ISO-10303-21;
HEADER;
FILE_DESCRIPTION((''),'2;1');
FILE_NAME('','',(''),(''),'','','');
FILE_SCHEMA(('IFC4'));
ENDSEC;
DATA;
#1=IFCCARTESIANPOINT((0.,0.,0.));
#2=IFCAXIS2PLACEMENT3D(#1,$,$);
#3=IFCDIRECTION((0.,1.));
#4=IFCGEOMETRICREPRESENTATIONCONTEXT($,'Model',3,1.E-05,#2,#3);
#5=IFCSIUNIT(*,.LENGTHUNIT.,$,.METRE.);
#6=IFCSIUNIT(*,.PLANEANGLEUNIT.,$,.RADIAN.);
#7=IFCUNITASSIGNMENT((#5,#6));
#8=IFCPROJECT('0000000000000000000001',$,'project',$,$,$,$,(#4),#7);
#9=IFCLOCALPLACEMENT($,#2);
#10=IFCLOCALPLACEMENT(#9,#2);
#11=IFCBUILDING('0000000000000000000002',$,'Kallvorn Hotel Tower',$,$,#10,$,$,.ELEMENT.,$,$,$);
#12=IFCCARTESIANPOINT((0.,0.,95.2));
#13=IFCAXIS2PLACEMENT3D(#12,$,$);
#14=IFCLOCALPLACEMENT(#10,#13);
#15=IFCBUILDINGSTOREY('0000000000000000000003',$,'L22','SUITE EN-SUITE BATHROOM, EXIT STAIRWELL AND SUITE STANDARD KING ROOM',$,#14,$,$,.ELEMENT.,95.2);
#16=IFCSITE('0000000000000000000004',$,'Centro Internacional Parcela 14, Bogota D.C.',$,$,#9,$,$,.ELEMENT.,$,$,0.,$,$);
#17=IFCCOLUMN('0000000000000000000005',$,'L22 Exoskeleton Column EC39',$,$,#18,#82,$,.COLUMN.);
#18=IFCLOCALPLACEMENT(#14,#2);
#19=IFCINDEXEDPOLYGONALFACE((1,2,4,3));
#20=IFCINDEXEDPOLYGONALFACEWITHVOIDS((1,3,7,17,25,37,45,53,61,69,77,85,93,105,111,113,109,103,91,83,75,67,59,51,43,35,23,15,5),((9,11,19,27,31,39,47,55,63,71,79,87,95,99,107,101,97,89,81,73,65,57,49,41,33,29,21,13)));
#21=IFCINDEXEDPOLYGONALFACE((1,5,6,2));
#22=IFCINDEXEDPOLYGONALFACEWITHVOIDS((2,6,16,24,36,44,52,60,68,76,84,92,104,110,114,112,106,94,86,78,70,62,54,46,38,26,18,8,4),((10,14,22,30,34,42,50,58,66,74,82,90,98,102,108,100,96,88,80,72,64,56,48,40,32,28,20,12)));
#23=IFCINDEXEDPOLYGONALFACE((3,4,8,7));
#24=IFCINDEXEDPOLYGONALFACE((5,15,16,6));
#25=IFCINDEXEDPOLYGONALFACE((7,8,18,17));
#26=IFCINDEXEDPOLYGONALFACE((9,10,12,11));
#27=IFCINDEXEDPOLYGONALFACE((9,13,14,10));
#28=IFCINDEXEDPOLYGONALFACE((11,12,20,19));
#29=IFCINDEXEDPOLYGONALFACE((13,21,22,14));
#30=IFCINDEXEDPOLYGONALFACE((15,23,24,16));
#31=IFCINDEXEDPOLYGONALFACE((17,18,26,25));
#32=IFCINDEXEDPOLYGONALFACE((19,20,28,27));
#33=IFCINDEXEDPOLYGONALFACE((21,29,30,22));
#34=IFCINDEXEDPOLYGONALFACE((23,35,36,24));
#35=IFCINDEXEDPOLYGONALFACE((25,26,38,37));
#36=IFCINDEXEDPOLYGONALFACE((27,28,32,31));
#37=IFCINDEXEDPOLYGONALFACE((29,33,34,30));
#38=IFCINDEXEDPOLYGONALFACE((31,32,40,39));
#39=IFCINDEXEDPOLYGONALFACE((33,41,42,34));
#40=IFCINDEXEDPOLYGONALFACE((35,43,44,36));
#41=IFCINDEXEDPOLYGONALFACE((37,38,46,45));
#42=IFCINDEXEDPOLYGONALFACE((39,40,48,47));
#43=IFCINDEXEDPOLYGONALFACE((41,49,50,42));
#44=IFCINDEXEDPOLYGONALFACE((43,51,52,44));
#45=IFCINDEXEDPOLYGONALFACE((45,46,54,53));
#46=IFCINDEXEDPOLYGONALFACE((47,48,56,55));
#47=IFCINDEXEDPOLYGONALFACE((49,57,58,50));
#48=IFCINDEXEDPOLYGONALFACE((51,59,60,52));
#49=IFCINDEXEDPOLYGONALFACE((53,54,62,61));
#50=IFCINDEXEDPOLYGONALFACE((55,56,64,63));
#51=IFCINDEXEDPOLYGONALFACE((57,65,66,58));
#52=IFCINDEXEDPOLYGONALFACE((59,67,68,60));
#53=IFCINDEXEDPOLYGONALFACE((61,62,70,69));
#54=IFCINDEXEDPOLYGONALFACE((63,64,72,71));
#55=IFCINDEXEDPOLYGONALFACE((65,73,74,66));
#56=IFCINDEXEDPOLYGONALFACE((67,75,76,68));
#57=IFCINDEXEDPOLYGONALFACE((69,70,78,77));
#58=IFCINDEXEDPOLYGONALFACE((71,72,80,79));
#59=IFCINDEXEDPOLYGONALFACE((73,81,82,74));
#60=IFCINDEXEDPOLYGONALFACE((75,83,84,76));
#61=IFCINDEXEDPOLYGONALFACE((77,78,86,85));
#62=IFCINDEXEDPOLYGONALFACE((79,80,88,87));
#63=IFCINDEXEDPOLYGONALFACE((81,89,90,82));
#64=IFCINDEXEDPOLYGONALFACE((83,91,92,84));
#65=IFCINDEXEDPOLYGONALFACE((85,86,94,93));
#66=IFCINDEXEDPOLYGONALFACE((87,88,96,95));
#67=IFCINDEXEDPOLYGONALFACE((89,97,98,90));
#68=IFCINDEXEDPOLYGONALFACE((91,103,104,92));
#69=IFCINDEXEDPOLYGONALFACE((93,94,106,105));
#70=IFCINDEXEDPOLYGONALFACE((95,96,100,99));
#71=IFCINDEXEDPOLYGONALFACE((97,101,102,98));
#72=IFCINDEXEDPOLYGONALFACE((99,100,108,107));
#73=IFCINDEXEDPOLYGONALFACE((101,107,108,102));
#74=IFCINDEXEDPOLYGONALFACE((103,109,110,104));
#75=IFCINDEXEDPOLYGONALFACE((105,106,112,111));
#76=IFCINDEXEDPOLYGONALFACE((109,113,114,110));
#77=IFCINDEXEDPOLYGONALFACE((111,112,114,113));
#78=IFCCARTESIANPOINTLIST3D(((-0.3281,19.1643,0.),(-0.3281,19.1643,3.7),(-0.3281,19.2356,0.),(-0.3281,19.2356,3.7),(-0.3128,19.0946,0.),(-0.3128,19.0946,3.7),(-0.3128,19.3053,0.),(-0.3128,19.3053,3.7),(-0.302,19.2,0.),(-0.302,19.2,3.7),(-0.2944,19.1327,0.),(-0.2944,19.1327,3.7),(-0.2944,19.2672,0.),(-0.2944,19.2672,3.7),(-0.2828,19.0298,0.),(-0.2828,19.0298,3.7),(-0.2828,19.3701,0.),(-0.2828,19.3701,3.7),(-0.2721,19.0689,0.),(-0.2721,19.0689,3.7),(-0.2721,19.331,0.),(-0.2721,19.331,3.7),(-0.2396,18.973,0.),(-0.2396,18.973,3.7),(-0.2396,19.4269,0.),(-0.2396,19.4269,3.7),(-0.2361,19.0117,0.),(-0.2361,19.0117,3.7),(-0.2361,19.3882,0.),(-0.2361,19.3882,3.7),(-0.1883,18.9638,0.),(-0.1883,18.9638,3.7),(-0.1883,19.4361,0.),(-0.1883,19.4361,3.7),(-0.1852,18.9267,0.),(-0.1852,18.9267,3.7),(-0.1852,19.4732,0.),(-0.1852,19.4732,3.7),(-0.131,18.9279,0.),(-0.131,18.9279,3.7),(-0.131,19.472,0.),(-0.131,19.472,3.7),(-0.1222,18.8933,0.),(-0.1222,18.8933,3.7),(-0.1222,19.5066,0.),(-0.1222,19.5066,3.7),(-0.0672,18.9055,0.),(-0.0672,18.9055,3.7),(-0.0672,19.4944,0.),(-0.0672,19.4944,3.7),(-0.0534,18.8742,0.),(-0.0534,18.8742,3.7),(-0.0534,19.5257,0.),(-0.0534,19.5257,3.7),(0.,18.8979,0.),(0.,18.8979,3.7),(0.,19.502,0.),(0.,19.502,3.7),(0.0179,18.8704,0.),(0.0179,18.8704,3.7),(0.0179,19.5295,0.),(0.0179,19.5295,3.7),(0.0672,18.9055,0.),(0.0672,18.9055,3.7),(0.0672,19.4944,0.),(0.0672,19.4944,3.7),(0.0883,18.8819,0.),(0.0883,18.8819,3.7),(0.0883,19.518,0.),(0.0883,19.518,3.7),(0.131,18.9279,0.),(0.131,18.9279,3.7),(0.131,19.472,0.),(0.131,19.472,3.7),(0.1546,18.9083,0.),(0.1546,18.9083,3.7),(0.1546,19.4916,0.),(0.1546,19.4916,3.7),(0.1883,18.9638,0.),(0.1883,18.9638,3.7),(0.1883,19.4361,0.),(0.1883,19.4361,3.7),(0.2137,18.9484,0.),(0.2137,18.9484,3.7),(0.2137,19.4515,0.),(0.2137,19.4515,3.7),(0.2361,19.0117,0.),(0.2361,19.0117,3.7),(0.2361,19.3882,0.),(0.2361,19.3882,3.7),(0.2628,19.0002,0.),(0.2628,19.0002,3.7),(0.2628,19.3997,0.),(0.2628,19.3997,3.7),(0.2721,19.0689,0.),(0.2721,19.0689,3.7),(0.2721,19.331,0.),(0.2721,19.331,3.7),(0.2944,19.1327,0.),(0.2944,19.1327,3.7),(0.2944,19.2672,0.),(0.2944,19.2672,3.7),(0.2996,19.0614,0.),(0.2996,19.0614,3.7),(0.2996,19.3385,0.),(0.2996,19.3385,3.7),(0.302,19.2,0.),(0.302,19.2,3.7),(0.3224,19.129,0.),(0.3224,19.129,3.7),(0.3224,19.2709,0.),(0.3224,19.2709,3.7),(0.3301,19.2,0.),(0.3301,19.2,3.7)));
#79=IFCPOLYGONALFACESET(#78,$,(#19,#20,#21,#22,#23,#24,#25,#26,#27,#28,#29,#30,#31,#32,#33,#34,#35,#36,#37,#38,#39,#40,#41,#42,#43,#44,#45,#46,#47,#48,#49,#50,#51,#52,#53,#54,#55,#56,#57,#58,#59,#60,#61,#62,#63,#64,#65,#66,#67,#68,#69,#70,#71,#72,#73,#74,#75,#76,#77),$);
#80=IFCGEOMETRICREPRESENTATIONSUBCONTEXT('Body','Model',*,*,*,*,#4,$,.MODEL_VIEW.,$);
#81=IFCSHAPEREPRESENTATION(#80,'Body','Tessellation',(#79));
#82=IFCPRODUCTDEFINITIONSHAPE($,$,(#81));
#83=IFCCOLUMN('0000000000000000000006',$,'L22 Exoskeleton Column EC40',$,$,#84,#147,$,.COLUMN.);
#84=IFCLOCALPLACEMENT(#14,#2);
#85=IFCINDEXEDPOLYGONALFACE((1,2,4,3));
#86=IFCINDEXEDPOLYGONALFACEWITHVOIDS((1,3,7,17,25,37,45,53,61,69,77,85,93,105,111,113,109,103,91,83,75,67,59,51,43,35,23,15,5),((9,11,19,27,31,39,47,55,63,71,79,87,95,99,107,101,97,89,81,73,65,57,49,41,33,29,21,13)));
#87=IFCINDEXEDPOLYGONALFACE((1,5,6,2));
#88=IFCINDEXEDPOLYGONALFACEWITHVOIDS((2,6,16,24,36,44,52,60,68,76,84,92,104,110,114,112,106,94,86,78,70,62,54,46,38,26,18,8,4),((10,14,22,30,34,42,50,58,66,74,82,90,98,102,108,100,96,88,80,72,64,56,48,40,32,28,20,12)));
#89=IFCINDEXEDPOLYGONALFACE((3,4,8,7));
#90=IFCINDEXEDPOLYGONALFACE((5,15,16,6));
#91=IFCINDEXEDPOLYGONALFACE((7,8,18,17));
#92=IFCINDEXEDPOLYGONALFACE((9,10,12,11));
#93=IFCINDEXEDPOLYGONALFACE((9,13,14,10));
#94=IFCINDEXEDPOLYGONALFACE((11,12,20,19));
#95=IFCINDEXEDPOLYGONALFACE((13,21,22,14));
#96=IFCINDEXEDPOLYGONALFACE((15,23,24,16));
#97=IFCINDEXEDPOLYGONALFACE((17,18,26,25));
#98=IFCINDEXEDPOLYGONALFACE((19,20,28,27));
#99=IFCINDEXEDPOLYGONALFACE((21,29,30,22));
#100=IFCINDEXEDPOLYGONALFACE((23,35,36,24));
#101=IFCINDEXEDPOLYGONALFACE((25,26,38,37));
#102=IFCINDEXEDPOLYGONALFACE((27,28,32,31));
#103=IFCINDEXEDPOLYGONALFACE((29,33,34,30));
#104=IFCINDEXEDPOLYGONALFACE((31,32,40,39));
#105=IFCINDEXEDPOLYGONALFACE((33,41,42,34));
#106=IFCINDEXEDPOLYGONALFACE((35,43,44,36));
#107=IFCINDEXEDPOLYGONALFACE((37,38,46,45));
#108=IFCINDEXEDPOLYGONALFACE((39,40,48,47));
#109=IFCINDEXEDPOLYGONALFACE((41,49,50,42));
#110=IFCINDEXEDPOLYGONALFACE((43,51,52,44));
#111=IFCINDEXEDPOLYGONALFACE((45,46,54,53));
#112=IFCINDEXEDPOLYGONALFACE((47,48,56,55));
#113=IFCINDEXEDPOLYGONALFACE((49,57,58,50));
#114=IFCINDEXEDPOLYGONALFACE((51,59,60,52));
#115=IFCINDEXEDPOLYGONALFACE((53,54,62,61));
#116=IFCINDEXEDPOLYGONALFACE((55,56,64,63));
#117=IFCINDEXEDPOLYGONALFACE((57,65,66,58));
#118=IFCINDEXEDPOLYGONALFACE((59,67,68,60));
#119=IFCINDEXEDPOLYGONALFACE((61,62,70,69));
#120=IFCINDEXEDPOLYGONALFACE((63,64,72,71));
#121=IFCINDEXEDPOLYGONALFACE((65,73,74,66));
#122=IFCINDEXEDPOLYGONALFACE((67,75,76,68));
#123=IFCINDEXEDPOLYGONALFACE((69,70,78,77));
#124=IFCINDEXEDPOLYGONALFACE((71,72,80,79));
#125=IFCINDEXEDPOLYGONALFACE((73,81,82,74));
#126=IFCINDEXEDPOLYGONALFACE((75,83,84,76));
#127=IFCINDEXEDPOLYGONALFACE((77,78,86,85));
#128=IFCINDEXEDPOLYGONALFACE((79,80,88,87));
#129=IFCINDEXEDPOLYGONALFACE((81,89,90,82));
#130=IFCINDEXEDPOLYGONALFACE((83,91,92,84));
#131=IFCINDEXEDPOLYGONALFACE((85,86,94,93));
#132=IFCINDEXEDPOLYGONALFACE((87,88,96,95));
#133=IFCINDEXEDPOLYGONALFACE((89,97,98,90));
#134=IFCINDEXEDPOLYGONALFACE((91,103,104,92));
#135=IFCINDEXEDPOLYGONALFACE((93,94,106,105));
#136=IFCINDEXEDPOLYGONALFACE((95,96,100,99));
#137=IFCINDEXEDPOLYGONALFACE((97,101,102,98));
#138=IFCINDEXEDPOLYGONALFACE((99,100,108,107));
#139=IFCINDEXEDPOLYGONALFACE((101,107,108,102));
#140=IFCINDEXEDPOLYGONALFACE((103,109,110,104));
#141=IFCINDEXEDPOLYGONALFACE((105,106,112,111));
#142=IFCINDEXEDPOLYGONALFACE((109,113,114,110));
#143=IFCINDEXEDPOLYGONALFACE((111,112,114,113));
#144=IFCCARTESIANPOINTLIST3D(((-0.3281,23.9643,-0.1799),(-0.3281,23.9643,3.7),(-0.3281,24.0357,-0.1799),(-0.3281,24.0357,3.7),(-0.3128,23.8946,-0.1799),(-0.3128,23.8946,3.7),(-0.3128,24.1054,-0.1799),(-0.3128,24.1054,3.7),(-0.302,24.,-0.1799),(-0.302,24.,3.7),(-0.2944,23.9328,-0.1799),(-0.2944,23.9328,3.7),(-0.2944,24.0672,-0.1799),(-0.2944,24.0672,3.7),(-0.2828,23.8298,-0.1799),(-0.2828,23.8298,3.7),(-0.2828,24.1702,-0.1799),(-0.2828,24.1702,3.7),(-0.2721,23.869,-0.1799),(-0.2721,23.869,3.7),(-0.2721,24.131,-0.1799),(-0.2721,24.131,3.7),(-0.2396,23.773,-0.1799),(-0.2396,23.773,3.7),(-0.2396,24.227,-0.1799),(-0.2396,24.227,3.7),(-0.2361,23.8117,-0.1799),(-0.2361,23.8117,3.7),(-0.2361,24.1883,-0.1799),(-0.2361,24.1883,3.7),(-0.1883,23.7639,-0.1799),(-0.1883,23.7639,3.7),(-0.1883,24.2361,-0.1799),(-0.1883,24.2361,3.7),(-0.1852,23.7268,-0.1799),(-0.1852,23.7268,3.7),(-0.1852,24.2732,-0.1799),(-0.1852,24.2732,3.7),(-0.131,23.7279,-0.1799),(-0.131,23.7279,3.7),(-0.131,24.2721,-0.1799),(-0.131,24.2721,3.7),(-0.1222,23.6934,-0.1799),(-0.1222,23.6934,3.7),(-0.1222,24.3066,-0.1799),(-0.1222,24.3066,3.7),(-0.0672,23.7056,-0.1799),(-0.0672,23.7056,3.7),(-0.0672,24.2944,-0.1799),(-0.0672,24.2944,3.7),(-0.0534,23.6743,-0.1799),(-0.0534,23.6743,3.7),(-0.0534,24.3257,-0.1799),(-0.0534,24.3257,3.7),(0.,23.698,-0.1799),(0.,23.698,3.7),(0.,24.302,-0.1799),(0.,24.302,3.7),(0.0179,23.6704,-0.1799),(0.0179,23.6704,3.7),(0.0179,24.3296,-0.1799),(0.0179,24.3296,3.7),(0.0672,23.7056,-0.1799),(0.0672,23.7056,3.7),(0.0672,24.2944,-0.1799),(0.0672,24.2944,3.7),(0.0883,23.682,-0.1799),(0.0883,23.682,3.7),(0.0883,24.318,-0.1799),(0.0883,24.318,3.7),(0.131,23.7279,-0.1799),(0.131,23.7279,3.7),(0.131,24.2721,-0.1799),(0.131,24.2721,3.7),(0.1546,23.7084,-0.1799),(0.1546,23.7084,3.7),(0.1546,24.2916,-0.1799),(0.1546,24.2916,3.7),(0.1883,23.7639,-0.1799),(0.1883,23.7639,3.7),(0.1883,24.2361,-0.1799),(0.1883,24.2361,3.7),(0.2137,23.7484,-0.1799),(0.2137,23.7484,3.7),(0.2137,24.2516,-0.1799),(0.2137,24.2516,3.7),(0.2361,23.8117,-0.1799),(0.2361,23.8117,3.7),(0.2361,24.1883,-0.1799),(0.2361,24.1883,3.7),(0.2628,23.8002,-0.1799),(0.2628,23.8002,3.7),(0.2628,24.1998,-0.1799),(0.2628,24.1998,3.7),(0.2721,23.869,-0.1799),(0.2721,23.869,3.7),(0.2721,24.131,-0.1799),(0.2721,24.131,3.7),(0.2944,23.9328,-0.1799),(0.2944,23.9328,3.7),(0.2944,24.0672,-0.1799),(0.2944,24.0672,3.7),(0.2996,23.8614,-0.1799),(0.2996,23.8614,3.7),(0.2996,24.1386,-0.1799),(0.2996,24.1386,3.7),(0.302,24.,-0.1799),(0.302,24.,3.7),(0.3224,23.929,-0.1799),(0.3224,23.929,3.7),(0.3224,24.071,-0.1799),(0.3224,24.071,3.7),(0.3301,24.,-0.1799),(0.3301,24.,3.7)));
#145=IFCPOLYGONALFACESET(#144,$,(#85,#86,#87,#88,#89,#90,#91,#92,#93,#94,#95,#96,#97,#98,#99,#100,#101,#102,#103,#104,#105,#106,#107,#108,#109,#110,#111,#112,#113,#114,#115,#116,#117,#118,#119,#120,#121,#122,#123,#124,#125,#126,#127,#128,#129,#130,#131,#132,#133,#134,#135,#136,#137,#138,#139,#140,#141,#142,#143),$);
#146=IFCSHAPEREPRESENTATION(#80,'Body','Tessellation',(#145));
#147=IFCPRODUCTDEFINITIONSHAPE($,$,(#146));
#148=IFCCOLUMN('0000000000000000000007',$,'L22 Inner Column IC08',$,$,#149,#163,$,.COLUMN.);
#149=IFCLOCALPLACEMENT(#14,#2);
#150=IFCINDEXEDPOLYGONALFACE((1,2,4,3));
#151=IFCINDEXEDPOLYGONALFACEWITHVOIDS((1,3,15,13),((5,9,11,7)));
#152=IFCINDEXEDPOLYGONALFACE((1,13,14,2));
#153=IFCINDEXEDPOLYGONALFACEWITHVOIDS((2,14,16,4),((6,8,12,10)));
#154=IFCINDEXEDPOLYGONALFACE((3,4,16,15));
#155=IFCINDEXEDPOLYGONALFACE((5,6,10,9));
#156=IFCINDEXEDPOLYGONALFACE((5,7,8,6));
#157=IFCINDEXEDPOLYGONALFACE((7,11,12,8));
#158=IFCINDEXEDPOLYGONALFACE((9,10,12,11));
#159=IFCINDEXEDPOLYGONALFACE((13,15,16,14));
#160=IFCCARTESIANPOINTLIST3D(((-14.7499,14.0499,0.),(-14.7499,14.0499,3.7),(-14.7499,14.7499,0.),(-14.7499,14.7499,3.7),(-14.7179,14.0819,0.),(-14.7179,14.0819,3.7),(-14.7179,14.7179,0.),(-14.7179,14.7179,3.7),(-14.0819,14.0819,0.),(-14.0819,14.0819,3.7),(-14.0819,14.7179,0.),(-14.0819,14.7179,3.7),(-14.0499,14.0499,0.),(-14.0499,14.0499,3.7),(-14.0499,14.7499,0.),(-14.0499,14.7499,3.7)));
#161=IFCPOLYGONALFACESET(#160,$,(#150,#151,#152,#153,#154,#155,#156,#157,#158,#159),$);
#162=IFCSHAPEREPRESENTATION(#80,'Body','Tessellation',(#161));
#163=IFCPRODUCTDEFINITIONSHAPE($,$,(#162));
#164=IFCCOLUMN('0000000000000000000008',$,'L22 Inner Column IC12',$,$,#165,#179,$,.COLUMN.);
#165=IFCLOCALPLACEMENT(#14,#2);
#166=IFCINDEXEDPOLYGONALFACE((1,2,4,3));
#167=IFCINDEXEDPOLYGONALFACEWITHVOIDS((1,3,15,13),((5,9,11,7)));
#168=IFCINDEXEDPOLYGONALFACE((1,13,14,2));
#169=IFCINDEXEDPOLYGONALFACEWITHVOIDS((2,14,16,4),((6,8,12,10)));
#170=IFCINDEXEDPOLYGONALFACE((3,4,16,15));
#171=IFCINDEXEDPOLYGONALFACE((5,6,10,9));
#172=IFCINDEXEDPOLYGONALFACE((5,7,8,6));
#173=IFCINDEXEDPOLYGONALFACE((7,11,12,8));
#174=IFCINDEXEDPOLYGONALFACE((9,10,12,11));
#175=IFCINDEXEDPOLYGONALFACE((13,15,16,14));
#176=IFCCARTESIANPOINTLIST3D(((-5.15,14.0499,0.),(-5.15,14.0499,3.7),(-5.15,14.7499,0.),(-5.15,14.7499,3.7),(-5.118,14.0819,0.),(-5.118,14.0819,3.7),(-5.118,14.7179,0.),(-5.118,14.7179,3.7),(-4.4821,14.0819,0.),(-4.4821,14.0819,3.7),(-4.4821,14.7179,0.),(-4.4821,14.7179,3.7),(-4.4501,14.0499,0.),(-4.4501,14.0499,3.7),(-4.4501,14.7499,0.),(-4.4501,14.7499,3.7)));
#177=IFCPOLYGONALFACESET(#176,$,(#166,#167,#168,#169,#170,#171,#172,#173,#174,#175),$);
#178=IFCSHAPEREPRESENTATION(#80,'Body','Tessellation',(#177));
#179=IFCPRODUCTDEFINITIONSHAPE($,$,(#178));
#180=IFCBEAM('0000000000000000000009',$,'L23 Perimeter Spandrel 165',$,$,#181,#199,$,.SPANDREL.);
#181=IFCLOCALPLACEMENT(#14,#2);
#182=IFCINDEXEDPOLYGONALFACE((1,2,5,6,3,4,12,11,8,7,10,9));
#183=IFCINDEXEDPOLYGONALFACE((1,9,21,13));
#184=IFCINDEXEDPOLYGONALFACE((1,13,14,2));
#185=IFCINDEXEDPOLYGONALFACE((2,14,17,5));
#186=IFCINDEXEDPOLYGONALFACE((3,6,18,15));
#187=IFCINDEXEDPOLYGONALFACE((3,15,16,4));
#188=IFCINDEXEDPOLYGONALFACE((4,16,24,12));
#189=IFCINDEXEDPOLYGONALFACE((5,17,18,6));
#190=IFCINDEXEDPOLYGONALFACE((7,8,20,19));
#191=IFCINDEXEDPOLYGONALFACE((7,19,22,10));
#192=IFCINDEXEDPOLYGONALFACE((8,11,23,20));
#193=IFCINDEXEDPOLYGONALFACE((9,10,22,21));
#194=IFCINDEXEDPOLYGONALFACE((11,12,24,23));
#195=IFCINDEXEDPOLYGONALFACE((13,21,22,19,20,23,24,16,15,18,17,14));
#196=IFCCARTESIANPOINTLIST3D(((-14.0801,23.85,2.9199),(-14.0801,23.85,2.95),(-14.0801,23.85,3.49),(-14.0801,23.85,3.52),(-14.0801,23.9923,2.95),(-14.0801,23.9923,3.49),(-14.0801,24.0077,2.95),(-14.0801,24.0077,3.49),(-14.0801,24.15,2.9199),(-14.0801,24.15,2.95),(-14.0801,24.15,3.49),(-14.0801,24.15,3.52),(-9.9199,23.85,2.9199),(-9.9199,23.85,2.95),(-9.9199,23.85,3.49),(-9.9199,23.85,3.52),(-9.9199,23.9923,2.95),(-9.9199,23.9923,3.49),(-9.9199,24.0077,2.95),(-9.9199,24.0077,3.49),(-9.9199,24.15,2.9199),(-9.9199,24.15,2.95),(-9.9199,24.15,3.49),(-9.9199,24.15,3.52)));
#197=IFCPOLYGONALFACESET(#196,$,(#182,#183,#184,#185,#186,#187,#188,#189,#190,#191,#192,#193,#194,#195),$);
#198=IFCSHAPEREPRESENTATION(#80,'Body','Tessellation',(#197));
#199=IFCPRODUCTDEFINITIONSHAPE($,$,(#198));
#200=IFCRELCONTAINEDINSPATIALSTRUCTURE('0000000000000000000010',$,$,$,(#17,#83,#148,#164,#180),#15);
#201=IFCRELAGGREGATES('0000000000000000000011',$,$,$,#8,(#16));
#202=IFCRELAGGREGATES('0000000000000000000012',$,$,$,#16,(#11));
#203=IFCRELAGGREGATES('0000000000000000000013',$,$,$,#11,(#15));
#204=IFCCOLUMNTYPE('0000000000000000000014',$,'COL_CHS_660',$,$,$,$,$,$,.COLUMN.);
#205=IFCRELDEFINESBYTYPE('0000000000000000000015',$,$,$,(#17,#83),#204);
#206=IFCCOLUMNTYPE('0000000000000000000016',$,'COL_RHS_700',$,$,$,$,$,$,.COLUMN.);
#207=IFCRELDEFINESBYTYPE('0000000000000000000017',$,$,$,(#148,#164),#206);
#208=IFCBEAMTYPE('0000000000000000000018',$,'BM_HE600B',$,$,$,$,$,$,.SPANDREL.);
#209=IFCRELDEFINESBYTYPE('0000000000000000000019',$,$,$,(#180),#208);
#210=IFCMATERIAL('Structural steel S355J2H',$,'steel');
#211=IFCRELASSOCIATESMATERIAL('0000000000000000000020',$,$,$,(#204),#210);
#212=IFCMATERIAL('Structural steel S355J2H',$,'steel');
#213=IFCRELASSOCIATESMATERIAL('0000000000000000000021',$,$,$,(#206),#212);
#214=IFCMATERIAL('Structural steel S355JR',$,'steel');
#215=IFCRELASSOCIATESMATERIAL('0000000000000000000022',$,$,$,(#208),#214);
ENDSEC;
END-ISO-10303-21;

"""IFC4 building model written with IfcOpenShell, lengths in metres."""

from ifc_helpers import new_model, si_unit, direction, frame, origin, origin_2d, place, context, subcontext, project, spatial, hollow_rectangle, hollow_circle, i_section, extrude, material, material_profile, profile_set, type_object, element, save


model = new_model("IFC4")

# Units and contexts
model_context = context("Model", 3, precision=1e-05, world=origin(), true_north=direction((0.0, 1.0)))
body_context = subcontext(model_context, "Body", "Model", "MODEL_VIEW")
ifc_project = project(units=[si_unit("LENGTHUNIT", "METRE"), si_unit("PLANEANGLEUNIT", "RADIAN")], contexts=[model_context])

# Site, building, storey
site_placement = place(None, origin())
site = spatial("IfcSite", under=ifc_project, at=site_placement, Name="Centro Internacional Parcela 14, Bogota D.C.", CompositionType="ELEMENT", RefElevation=0.0)
building_placement = place(site_placement, origin())
building = spatial("IfcBuilding", under=site, at=building_placement, Name="Kallvorn Hotel Tower", CompositionType="ELEMENT")
storey_placement = place(building_placement, frame((0.0, 0.0, 95.2)))
storey = spatial("IfcBuildingStorey", under=building, at=storey_placement, Name="L22", Description="SUITE EN-SUITE BATHROOM, EXIT STAIRWELL AND SUITE STANDARD KING ROOM", CompositionType="ELEMENT", Elevation=95.2)

# Columns
ifc_material_1 = material(Name="Structural steel S355J2H", Category="steel")
ifc_material_profile_1 = material_profile(ifc_material_1, hollow_circle(Radius=0.3301, WallThickness=0.0281, at=origin_2d()), Name="CHS 660x28")
ifc_profile_set_1 = profile_set([ifc_material_profile_1], Name="Structural steel S355J2H")
column_type_1 = type_object("IfcColumnType", Name="COL_CHS_660", PredefinedType="COLUMN", material=ifc_profile_set_1)
column_1_placement = place(storey_placement, frame((0.0, 19.2, 0.0), z_axis=(0.0, 0.0, 1.0), x_axis=(1.0, 0.0, 0.0)))
element("IfcColumn", 1, at=column_1_placement, inside=storey, type_object=column_type_1, Name="L22 Exoskeleton Column EC39", PredefinedType="COLUMN", context=body_context, shape_type="SweptSolid", body=[
    extrude(hollow_circle(Radius=0.3301, WallThickness=0.0281, at=origin_2d()), origin(), (0.0, 0.0, 1.0), 3.7),
])
column_2_placement = place(storey_placement, frame((0.0, 24.0, -0.1799), z_axis=(0.0, 0.0, 1.0), x_axis=(1.0, 0.0, 0.0)))
element("IfcColumn", 2, at=column_2_placement, inside=storey, type_object=column_type_1, Name="L22 Exoskeleton Column EC40", PredefinedType="COLUMN", context=body_context, shape_type="SweptSolid", body=[
    extrude(hollow_circle(Radius=0.3301, WallThickness=0.0281, at=origin_2d()), origin(), (0.0, 0.0, 1.0), 3.8799),
])
ifc_material_2 = material(Name="Structural steel S355J2H", Category="steel")
ifc_material_profile_2 = material_profile(ifc_material_2, hollow_rectangle(XDim=0.7, YDim=0.7, WallThickness=0.032, at=origin_2d()), Name="RHS 700x700x32")
ifc_profile_set_2 = profile_set([ifc_material_profile_2], Name="Structural steel S355J2H")
column_type_2 = type_object("IfcColumnType", Name="COL_RHS_700", PredefinedType="COLUMN", material=ifc_profile_set_2)
for number, where, z_axis, x_axis, name in (
    (3, (-14.3999, 14.3999, 0.0), (0.0, 0.0, 1.0), (1.0, 0.0, 0.0), "L22 Inner Column IC08"),
    (4, (-4.8, 14.3999, 0.0), (0.0, 0.0, 1.0), (1.0, 0.0, 0.0), "L22 Inner Column IC12"),
):
    element("IfcColumn", number, at=place(storey_placement, frame(where, z_axis=z_axis, x_axis=x_axis)), inside=storey, type_object=column_type_2, Name=name, PredefinedType="COLUMN", context=body_context, shape_type="SweptSolid", body=[
        extrude(hollow_rectangle(XDim=0.7, YDim=0.7, WallThickness=0.032, at=origin_2d()), origin(), (0.0, 0.0, 1.0), 3.7),
    ])

# Beam
ifc_material_3 = material(Name="Structural steel S355JR", Category="steel")
ifc_material_profile_3 = material_profile(ifc_material_3, i_section(OverallWidth=0.3, OverallDepth=0.6001, WebThickness=0.0154, FlangeThickness=0.03, at=origin_2d()), Name="HE 600 B")
ifc_profile_set_3 = profile_set([ifc_material_profile_3], Name="Structural steel S355JR")
beam_type_1 = type_object("IfcBeamType", Name="BM_HE600B", PredefinedType="SPANDREL", material=ifc_profile_set_3)
beam_1_placement = place(storey_placement, frame((-14.0801, 24.0, 3.22), z_axis=(1.0, 0.0, 0.0), x_axis=(0.0, 1.0, 0.0)))
element("IfcBeam", 5, at=beam_1_placement, inside=storey, type_object=beam_type_1, Name="L23 Perimeter Spandrel 165", PredefinedType="SPANDREL", context=body_context, shape_type="SweptSolid", body=[
    extrude(i_section(OverallWidth=0.3, OverallDepth=0.6001, WebThickness=0.0154, FlangeThickness=0.03, at=origin_2d()), origin(), (0.0, 0.0, 1.0), 4.1602),
])

save(model, "model.ifc")
